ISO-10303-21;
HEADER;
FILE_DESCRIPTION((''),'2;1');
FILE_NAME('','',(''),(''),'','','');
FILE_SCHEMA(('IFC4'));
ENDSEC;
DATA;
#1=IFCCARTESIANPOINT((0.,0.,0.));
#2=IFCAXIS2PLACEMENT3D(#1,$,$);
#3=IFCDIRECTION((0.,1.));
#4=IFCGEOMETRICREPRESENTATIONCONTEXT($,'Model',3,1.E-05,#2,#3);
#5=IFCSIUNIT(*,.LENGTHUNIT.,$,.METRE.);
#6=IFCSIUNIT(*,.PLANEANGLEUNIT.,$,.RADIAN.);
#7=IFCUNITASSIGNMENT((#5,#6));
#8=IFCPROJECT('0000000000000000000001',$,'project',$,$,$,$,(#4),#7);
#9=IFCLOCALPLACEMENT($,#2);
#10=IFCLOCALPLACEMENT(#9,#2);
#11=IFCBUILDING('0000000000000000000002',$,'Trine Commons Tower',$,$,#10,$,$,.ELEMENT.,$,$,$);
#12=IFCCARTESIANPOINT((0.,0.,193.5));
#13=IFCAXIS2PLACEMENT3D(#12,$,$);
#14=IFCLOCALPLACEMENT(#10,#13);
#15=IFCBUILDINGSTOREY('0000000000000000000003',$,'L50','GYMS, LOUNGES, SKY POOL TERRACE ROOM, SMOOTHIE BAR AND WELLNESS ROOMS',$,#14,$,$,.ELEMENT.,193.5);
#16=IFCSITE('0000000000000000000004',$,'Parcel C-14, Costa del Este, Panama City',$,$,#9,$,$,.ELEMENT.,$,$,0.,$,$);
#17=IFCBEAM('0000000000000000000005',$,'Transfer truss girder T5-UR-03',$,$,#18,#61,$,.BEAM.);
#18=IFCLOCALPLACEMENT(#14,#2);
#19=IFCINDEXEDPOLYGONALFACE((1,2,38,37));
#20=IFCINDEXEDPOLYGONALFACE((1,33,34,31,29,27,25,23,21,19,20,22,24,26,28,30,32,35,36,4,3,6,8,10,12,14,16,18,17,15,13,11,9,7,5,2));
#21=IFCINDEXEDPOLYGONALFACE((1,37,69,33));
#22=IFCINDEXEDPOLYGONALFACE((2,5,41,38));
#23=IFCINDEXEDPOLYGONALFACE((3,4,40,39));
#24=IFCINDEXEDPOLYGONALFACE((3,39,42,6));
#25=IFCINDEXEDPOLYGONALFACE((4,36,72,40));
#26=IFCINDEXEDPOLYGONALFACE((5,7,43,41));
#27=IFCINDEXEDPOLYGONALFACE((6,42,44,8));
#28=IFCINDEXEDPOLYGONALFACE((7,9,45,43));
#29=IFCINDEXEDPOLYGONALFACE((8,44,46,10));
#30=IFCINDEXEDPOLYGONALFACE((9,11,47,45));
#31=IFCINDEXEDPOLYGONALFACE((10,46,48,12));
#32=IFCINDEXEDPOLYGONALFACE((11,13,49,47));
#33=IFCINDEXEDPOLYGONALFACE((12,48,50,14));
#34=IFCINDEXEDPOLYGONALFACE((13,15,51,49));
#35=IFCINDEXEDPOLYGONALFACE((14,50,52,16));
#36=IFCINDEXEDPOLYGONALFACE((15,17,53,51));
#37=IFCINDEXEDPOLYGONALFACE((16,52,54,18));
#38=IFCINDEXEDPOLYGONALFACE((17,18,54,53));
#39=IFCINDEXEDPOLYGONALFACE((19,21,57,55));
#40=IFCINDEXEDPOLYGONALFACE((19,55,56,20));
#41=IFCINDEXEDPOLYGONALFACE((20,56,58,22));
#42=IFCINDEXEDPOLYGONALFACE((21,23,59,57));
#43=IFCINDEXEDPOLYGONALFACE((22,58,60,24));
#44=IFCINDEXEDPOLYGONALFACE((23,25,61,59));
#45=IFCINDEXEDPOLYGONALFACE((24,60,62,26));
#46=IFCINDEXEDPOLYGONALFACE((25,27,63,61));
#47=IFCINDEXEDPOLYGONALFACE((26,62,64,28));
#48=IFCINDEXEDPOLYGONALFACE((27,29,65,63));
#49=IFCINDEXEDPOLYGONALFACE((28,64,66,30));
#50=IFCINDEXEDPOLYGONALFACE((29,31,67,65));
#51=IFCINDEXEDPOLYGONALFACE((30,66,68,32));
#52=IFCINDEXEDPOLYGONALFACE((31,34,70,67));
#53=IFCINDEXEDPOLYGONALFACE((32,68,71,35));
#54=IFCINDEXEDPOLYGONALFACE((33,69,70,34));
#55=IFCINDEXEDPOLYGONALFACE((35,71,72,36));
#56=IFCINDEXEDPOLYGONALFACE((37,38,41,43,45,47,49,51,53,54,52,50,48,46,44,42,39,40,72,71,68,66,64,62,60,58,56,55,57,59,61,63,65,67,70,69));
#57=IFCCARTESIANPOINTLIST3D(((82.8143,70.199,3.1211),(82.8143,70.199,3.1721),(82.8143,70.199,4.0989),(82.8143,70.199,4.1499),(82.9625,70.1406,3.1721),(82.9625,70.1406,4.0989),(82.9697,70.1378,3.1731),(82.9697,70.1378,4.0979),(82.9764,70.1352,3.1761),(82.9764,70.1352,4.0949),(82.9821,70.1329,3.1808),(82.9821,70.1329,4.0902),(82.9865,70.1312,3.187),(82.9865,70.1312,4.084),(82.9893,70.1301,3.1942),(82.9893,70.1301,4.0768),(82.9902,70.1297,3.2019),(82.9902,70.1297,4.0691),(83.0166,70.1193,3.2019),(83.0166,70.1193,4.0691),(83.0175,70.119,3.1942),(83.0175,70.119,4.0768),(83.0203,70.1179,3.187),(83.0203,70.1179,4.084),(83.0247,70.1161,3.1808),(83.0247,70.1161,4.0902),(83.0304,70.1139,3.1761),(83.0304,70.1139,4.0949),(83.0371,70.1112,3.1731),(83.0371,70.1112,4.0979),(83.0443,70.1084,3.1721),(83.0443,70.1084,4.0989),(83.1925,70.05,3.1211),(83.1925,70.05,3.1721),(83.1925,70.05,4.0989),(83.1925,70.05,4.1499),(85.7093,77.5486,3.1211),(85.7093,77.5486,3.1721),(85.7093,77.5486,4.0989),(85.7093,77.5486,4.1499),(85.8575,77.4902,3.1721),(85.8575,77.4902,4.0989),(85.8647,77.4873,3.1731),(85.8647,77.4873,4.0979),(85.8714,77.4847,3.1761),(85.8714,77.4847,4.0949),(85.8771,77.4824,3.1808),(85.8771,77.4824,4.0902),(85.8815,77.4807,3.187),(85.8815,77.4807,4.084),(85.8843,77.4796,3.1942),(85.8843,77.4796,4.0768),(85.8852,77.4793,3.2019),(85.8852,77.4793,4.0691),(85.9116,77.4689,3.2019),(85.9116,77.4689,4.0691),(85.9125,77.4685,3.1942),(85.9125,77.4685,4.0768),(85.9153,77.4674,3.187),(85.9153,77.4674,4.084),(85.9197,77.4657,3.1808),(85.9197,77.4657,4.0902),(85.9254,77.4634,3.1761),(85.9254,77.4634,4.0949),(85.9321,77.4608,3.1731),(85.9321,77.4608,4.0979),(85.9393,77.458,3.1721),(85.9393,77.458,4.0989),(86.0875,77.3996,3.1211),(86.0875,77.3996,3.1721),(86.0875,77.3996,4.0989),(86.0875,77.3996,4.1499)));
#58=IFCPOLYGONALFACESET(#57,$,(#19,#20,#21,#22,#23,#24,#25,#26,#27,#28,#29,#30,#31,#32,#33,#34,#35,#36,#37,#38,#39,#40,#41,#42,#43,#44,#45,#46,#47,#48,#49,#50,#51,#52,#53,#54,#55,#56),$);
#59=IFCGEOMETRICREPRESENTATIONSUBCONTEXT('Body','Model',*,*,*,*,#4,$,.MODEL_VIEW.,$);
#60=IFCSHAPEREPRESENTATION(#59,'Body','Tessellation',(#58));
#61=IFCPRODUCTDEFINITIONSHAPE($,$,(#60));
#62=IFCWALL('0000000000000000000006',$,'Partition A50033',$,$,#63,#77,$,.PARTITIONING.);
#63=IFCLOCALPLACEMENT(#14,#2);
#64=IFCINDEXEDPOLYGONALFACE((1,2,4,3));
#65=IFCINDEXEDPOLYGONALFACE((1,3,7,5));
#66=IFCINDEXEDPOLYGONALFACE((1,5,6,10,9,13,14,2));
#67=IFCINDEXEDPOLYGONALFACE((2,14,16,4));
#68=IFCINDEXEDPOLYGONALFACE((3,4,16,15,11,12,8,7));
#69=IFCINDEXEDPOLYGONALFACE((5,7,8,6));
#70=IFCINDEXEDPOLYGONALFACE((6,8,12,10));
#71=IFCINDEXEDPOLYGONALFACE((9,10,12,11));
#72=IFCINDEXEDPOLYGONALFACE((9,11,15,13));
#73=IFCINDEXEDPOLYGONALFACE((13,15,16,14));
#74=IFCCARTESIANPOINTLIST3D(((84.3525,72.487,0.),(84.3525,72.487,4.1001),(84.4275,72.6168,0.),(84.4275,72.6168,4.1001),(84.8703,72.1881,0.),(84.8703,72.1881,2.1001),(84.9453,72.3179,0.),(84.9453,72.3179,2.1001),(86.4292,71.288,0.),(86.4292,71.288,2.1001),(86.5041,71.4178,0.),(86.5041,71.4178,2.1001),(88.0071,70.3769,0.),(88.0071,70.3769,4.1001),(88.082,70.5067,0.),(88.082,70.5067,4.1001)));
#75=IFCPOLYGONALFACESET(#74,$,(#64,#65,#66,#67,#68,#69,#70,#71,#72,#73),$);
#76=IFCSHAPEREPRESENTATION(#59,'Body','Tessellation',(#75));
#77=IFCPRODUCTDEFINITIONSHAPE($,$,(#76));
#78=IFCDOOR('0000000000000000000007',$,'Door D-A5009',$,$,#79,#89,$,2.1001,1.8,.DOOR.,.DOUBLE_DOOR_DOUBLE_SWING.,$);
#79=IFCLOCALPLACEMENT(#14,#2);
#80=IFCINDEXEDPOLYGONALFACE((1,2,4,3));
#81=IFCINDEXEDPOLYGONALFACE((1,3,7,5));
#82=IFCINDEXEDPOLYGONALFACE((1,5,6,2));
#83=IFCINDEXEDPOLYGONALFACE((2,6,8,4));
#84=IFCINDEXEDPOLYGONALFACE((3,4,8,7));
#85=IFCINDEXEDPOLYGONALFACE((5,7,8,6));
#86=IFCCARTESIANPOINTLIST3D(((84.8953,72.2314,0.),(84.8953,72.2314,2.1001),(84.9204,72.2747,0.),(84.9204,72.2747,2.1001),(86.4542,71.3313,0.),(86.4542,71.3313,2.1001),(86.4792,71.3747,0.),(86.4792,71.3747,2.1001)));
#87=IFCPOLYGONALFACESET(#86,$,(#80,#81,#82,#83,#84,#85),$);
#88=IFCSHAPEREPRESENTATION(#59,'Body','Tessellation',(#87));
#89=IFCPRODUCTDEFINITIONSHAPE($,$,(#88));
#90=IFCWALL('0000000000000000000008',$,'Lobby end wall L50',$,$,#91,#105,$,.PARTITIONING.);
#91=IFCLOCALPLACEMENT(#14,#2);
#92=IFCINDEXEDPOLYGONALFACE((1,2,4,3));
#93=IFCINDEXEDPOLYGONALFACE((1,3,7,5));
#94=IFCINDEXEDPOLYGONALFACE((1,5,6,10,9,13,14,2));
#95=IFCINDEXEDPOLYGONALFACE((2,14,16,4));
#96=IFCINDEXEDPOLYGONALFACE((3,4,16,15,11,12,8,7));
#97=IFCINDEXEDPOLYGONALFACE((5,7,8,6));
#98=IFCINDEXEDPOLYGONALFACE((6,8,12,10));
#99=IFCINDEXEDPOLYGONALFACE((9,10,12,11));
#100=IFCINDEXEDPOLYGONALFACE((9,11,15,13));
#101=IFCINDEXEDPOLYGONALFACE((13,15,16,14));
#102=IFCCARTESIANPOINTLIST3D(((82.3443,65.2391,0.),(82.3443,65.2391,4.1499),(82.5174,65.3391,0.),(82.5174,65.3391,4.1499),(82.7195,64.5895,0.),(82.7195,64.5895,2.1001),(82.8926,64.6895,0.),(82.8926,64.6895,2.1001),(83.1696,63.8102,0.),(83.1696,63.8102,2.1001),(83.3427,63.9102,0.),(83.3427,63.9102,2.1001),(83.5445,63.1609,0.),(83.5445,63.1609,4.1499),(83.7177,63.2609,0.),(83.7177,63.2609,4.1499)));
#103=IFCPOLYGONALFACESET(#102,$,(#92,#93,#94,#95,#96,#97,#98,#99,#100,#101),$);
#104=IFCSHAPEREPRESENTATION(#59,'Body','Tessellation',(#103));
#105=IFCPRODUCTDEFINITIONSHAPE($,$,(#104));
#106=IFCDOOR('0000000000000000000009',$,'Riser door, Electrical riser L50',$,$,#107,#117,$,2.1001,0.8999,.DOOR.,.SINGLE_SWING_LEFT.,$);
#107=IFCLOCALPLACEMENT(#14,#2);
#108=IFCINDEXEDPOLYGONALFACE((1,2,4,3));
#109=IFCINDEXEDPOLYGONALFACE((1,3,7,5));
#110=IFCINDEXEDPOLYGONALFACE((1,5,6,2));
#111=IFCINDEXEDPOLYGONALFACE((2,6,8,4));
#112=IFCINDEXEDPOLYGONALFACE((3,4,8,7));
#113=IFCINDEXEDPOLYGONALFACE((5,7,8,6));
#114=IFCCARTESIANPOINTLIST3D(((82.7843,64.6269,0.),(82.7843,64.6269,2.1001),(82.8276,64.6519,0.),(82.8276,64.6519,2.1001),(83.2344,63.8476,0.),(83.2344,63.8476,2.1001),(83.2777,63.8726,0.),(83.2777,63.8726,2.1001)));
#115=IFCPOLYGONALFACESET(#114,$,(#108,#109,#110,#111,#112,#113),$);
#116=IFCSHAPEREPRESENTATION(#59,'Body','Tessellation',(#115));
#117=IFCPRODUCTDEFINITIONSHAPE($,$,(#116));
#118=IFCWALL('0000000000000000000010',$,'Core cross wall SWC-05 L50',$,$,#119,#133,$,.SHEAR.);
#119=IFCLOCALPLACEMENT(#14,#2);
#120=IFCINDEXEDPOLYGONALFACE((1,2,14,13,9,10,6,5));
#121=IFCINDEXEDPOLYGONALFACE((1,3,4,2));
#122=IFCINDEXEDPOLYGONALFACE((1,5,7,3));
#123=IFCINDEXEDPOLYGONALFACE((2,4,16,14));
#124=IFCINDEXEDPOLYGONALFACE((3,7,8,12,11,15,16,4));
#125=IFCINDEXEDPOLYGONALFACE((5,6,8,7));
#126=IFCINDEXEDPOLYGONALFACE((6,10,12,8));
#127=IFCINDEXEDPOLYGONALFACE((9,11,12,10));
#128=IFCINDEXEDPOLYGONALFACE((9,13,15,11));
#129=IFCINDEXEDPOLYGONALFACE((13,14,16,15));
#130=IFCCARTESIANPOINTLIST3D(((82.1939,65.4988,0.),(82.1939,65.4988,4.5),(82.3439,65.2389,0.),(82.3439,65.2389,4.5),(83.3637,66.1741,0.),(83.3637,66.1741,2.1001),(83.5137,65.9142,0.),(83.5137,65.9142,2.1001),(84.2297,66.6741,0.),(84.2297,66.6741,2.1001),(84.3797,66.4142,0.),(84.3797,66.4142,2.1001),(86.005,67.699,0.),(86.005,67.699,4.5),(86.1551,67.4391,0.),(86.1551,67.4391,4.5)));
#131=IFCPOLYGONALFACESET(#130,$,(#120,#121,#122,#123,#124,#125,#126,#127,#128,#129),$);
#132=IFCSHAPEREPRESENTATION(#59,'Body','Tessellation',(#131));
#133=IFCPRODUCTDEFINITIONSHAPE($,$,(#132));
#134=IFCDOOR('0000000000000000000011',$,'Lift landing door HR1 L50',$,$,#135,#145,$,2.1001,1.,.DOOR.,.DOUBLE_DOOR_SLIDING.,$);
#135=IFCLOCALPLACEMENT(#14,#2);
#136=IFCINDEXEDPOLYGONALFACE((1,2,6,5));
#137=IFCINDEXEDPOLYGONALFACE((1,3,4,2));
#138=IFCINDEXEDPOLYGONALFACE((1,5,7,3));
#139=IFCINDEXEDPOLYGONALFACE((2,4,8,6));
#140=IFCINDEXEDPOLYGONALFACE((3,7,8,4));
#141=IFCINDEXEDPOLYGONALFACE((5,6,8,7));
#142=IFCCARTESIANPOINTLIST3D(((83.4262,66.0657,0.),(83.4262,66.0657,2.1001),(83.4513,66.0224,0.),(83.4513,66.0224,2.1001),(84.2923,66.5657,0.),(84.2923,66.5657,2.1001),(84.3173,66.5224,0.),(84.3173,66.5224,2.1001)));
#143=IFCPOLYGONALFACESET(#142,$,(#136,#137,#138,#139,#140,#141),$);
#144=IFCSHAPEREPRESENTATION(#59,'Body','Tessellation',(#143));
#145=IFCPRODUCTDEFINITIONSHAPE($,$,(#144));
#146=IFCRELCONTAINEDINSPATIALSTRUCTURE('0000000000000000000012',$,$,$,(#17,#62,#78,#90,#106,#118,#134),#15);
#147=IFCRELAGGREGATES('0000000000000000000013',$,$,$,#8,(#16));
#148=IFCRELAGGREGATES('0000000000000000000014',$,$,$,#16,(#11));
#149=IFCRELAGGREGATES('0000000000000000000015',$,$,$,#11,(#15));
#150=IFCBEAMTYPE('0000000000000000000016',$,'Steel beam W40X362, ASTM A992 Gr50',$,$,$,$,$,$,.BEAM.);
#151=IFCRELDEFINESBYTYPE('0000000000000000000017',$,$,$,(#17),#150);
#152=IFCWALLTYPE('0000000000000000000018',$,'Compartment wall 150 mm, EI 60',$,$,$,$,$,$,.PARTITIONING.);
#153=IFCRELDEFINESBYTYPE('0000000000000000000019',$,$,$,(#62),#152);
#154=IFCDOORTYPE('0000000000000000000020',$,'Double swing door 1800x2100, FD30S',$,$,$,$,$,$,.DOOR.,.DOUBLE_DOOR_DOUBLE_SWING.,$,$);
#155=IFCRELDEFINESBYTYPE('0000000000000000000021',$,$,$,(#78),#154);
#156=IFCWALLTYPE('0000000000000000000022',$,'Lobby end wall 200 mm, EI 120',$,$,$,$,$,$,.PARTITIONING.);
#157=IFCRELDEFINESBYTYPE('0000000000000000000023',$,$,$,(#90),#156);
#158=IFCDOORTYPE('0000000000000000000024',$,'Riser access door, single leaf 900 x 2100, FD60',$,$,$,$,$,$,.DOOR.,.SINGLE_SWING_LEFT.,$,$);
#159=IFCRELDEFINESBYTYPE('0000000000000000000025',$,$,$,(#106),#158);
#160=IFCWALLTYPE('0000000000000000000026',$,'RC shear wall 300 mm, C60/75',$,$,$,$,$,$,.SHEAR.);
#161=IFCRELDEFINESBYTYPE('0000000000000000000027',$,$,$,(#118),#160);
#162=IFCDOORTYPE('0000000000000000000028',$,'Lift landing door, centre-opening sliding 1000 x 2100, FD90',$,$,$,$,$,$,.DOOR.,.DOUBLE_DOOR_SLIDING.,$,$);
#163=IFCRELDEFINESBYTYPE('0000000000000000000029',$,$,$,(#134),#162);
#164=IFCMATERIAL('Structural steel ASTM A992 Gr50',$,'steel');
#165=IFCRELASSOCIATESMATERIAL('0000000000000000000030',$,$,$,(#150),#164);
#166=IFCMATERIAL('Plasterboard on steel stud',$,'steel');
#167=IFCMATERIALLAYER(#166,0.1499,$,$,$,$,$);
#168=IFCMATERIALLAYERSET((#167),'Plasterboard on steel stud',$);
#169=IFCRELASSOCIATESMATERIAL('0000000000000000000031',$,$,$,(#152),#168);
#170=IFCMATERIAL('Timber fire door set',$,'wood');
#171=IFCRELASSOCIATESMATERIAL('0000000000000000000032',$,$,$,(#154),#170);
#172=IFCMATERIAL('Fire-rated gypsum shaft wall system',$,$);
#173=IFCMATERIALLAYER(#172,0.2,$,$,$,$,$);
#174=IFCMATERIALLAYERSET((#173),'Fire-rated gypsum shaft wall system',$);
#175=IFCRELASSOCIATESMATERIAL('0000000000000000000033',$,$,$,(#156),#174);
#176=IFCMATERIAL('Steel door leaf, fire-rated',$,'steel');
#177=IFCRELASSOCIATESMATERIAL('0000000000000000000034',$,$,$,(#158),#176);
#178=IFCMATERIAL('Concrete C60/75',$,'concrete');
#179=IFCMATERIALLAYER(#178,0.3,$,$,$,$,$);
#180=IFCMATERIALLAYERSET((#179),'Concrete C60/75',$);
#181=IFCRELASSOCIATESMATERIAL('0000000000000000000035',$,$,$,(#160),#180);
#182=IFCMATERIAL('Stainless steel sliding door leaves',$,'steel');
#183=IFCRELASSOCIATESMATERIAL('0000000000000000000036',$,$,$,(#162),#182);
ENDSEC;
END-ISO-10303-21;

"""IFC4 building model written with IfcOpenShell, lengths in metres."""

from ifc_helpers import new_model, si_unit, direction, frame, frame_2d, origin, origin_2d, place, context, subcontext, project, spatial, rectangle, i_section, extrude, material, layer, layer_set, material_profile, profile_set, type_object, element, fill, save


model = new_model("IFC4")

# Units and contexts
model_context = context("Model", 3, precision=1e-05, world=origin(), true_north=direction((0.0, 1.0)))
body_context = subcontext(model_context, "Body", "Model", "MODEL_VIEW")
ifc_project = project(units=[si_unit("LENGTHUNIT", "METRE"), si_unit("PLANEANGLEUNIT", "RADIAN")], contexts=[model_context])

# Site, building, storey
site_placement = place(None, origin())
site = spatial("IfcSite", under=ifc_project, at=site_placement, Name="Parcel C-14, Costa del Este, Panama City", CompositionType="ELEMENT", RefElevation=0.0)
building_placement = place(site_placement, origin())
building = spatial("IfcBuilding", under=site, at=building_placement, Name="Trine Commons Tower", CompositionType="ELEMENT")
storey_placement = place(building_placement, frame((0.0, 0.0, 193.5)))
storey = spatial("IfcBuildingStorey", under=building, at=storey_placement, Name="L50", Description="GYMS, LOUNGES, SKY POOL TERRACE ROOM, SMOOTHIE BAR AND WELLNESS ROOMS", CompositionType="ELEMENT", Elevation=193.5)

# Beam
ifc_material_1 = material(Name="Structural steel ASTM A992 Gr50", Category="steel")
ifc_material_profile = material_profile(ifc_material_1, i_section(OverallWidth=0.4065, OverallDepth=1.0288, WebThickness=0.0283, FlangeThickness=0.051, FilletRadius=0.0298, at=origin_2d()), Name="W40X362")
ifc_profile_set = profile_set([ifc_material_profile], Name="Structural steel ASTM A992 Gr50")
beam_type = type_object("IfcBeamType", Name="Steel beam W40X362, ASTM A992 Gr50", PredefinedType="BEAM", material=ifc_profile_set)
beam_placement = place(storey_placement, frame((83.0034, 70.1245, 3.6355), z_axis=(0.366494, 0.930421, 0.0), x_axis=(-0.930421, 0.366494, 0.0)))
element("IfcBeam", 1, at=beam_placement, inside=storey, type_object=beam_type, Name="Transfer truss girder T5-UR-03", PredefinedType="BEAM", context=body_context, shape_type="SweptSolid", body=[
    extrude(i_section(OverallWidth=0.4065, OverallDepth=1.0288, WebThickness=0.0283, FlangeThickness=0.051, FilletRadius=0.0298, at=origin_2d()), origin(), (0.0, 0.0, 1.0), 7.8992),
])

# Walls, openings, doors
ifc_material_2 = material(Name="Plasterboard on steel stud", Category="steel")
ifc_layer_1 = layer(ifc_material_2, 0.1499)
ifc_layer_set_1 = layer_set([ifc_layer_1], Name="Plasterboard on steel stud")
wall_type_1 = type_object("IfcWallType", Name="Compartment wall 150 mm, EI 60", PredefinedType="PARTITIONING", material=ifc_layer_set_1)
wall_1_placement = place(storey_placement, frame((88.0444, 70.4419, 0.0), z_axis=(0.0, 0.0, 1.0), x_axis=(-0.866009, 0.500028, 0.0)))
wall_1 = element("IfcWall", 2, at=wall_1_placement, inside=storey, type_object=wall_type_1, Name="Partition A50033", PredefinedType="PARTITIONING", context=body_context, shape_type="SweptSolid", body=[
    extrude(rectangle(XDim=4.22, YDim=0.1499, at=frame_2d((2.1099, 0.0))), origin(), (0.0, 0.0, 1.0), 4.1001),
])
opening_1_placement = place(wall_1_placement, frame((1.822, 0.0, 0.0)))
opening_1 = element("IfcOpeningElement", 3, at=opening_1_placement, cuts=wall_1, PredefinedType="OPENING", context=body_context, shape_type="SweptSolid", body=[
    extrude(rectangle(XDim=1.8, YDim=2.1001, at=frame_2d((0.8999, 1.05))), frame((0.0, 0.085, 0.0), z_axis=(0.0, -1.0, 0.0), x_axis=(1.0, 0.0, 0.0)), (0.0, 0.0, 1.0), 0.1699),
])
ifc_material_3 = material(Name="Timber fire door set", Category="wood")
door_type_1 = type_object("IfcDoorType", Name="Double swing door 1800x2100, FD30S", OperationType="DOUBLE_DOOR_DOUBLE_SWING", PredefinedType="DOOR", material=ifc_material_3)
door_1_placement = place(opening_1_placement, origin())
door_1 = element("IfcDoor", 4, at=door_1_placement, inside=storey, type_object=door_type_1, Name="Door D-A5009", OperationType="DOUBLE_DOOR_DOUBLE_SWING", OverallHeight=2.1001, OverallWidth=1.8, PredefinedType="DOOR", context=body_context, shape_type="SweptSolid", body=[
    extrude(rectangle(XDim=1.8, YDim=2.1001, at=frame_2d((0.8999, 1.05))), frame((0.0, 0.0249, 0.0), z_axis=(0.0, -1.0, 0.0), x_axis=(1.0, 0.0, 0.0)), (0.0, 0.0, 1.0), 0.05),
])
fill(opening_1, door_1)
ifc_material_4 = material(Name="Fire-rated gypsum shaft wall system")
ifc_layer_2 = layer(ifc_material_4, 0.2)
ifc_layer_set_2 = layer_set([ifc_layer_2], Name="Fire-rated gypsum shaft wall system")
wall_type_2 = type_object("IfcWallType", Name="Lobby end wall 200 mm, EI 120", PredefinedType="PARTITIONING", material=ifc_layer_set_2)
wall_2_placement = place(storey_placement, frame((83.6311, 63.2109, 0.0), z_axis=(0.0, 0.0, 1.0), x_axis=(-0.500122, 0.865955, 0.0)))
wall_2 = element("IfcWall", 5, at=wall_2_placement, inside=storey, type_object=wall_type_2, Name="Lobby end wall L50", PredefinedType="PARTITIONING", context=body_context, shape_type="SweptSolid", body=[
    extrude(rectangle(XDim=2.3999, YDim=0.2, at=frame_2d((1.2, 0.0))), origin(), (0.0, 0.0, 1.0), 4.1499),
])
opening_2_placement = place(wall_2_placement, frame((0.7498, 0.0, 0.0)))
opening_2 = element("IfcOpeningElement", 6, at=opening_2_placement, cuts=wall_2, PredefinedType="OPENING", context=body_context, shape_type="SweptSolid", body=[
    extrude(rectangle(XDim=0.8999, YDim=2.1001, at=frame_2d((0.45, 1.05))), frame((0.0, 0.1099, 0.0), z_axis=(0.0, -1.0, 0.0), x_axis=(1.0, 0.0, 0.0)), (0.0, 0.0, 1.0), 0.22),
])
ifc_material_5 = material(Name="Steel door leaf, fire-rated", Category="steel")
door_type_2 = type_object("IfcDoorType", Name="Riser access door, single leaf 900 x 2100, FD60", OperationType="SINGLE_SWING_LEFT", PredefinedType="DOOR", material=ifc_material_5)
door_2_placement = place(opening_2_placement, frame((0.8999, 0.0, 0.0), z_axis=(0.0, 0.0, 1.0), x_axis=(-1.0, 0.0, 0.0)))
door_2 = element("IfcDoor", 7, at=door_2_placement, inside=storey, type_object=door_type_2, Name="Riser door, Electrical riser L50", OperationType="SINGLE_SWING_LEFT", OverallHeight=2.1001, OverallWidth=0.8999, PredefinedType="DOOR", context=body_context, shape_type="SweptSolid", body=[
    extrude(rectangle(XDim=0.8999, YDim=2.1001, at=frame_2d((0.45, 1.05))), frame((0.0, 0.0249, 0.0), z_axis=(0.0, -1.0, 0.0), x_axis=(1.0, 0.0, 0.0)), (0.0, 0.0, 1.0), 0.05),
])
fill(opening_2, door_2)
ifc_material_6 = material(Name="Concrete C60/75", Category="concrete")
ifc_layer_3 = layer(ifc_material_6, 0.3)
ifc_layer_set_3 = layer_set([ifc_layer_3], Name="Concrete C60/75")
wall_type_3 = type_object("IfcWallType", Name="RC shear wall 300 mm, C60/75", PredefinedType="SHEAR", material=ifc_layer_set_3)
wall_3_placement = place(storey_placement, frame((82.269, 65.3689, 0.0), z_axis=(0.0, 0.0, 1.0), x_axis=(0.866036, 0.499982, 0.0)))
wall_3 = element("IfcWall", 8, at=wall_3_placement, inside=storey, type_object=wall_type_3, Name="Core cross wall SWC-05 L50", PredefinedType="SHEAR", context=body_context, shape_type="SweptSolid", body=[
    extrude(rectangle(XDim=4.4006, YDim=0.3, at=frame_2d((2.2002, 0.0))), origin(), (0.0, 0.0, 1.0), 4.5),
])
opening_3_placement = place(wall_3_placement, frame((1.3506, 0.0, 0.0)))
opening_3 = element("IfcOpeningElement", 9, at=opening_3_placement, cuts=wall_3, PredefinedType="OPENING", context=body_context, shape_type="SweptSolid", body=[
    extrude(rectangle(XDim=1.0, YDim=2.1001, at=frame_2d((0.5, 1.05))), frame((0.0, 0.1599, 0.0), z_axis=(0.0, -1.0, 0.0), x_axis=(1.0, 0.0, 0.0)), (0.0, 0.0, 1.0), 0.3201),
])
ifc_material_7 = material(Name="Stainless steel sliding door leaves", Category="steel")
door_type_3 = type_object("IfcDoorType", Name="Lift landing door, centre-opening sliding 1000 x 2100, FD90", OperationType="DOUBLE_DOOR_SLIDING", PredefinedType="DOOR", material=ifc_material_7)
door_3_placement = place(opening_3_placement, origin())
door_3 = element("IfcDoor", 10, at=door_3_placement, inside=storey, type_object=door_type_3, Name="Lift landing door HR1 L50", OperationType="DOUBLE_DOOR_SLIDING", OverallHeight=2.1001, OverallWidth=1.0, PredefinedType="DOOR", context=body_context, shape_type="SweptSolid", body=[
    extrude(rectangle(XDim=1.0, YDim=2.1001, at=frame_2d((0.5, 1.05))), frame((0.0, 0.0249, 0.0), z_axis=(0.0, -1.0, 0.0), x_axis=(1.0, 0.0, 0.0)), (0.0, 0.0, 1.0), 0.05),
])
fill(opening_3, door_3)

save(model, "model.ifc")
